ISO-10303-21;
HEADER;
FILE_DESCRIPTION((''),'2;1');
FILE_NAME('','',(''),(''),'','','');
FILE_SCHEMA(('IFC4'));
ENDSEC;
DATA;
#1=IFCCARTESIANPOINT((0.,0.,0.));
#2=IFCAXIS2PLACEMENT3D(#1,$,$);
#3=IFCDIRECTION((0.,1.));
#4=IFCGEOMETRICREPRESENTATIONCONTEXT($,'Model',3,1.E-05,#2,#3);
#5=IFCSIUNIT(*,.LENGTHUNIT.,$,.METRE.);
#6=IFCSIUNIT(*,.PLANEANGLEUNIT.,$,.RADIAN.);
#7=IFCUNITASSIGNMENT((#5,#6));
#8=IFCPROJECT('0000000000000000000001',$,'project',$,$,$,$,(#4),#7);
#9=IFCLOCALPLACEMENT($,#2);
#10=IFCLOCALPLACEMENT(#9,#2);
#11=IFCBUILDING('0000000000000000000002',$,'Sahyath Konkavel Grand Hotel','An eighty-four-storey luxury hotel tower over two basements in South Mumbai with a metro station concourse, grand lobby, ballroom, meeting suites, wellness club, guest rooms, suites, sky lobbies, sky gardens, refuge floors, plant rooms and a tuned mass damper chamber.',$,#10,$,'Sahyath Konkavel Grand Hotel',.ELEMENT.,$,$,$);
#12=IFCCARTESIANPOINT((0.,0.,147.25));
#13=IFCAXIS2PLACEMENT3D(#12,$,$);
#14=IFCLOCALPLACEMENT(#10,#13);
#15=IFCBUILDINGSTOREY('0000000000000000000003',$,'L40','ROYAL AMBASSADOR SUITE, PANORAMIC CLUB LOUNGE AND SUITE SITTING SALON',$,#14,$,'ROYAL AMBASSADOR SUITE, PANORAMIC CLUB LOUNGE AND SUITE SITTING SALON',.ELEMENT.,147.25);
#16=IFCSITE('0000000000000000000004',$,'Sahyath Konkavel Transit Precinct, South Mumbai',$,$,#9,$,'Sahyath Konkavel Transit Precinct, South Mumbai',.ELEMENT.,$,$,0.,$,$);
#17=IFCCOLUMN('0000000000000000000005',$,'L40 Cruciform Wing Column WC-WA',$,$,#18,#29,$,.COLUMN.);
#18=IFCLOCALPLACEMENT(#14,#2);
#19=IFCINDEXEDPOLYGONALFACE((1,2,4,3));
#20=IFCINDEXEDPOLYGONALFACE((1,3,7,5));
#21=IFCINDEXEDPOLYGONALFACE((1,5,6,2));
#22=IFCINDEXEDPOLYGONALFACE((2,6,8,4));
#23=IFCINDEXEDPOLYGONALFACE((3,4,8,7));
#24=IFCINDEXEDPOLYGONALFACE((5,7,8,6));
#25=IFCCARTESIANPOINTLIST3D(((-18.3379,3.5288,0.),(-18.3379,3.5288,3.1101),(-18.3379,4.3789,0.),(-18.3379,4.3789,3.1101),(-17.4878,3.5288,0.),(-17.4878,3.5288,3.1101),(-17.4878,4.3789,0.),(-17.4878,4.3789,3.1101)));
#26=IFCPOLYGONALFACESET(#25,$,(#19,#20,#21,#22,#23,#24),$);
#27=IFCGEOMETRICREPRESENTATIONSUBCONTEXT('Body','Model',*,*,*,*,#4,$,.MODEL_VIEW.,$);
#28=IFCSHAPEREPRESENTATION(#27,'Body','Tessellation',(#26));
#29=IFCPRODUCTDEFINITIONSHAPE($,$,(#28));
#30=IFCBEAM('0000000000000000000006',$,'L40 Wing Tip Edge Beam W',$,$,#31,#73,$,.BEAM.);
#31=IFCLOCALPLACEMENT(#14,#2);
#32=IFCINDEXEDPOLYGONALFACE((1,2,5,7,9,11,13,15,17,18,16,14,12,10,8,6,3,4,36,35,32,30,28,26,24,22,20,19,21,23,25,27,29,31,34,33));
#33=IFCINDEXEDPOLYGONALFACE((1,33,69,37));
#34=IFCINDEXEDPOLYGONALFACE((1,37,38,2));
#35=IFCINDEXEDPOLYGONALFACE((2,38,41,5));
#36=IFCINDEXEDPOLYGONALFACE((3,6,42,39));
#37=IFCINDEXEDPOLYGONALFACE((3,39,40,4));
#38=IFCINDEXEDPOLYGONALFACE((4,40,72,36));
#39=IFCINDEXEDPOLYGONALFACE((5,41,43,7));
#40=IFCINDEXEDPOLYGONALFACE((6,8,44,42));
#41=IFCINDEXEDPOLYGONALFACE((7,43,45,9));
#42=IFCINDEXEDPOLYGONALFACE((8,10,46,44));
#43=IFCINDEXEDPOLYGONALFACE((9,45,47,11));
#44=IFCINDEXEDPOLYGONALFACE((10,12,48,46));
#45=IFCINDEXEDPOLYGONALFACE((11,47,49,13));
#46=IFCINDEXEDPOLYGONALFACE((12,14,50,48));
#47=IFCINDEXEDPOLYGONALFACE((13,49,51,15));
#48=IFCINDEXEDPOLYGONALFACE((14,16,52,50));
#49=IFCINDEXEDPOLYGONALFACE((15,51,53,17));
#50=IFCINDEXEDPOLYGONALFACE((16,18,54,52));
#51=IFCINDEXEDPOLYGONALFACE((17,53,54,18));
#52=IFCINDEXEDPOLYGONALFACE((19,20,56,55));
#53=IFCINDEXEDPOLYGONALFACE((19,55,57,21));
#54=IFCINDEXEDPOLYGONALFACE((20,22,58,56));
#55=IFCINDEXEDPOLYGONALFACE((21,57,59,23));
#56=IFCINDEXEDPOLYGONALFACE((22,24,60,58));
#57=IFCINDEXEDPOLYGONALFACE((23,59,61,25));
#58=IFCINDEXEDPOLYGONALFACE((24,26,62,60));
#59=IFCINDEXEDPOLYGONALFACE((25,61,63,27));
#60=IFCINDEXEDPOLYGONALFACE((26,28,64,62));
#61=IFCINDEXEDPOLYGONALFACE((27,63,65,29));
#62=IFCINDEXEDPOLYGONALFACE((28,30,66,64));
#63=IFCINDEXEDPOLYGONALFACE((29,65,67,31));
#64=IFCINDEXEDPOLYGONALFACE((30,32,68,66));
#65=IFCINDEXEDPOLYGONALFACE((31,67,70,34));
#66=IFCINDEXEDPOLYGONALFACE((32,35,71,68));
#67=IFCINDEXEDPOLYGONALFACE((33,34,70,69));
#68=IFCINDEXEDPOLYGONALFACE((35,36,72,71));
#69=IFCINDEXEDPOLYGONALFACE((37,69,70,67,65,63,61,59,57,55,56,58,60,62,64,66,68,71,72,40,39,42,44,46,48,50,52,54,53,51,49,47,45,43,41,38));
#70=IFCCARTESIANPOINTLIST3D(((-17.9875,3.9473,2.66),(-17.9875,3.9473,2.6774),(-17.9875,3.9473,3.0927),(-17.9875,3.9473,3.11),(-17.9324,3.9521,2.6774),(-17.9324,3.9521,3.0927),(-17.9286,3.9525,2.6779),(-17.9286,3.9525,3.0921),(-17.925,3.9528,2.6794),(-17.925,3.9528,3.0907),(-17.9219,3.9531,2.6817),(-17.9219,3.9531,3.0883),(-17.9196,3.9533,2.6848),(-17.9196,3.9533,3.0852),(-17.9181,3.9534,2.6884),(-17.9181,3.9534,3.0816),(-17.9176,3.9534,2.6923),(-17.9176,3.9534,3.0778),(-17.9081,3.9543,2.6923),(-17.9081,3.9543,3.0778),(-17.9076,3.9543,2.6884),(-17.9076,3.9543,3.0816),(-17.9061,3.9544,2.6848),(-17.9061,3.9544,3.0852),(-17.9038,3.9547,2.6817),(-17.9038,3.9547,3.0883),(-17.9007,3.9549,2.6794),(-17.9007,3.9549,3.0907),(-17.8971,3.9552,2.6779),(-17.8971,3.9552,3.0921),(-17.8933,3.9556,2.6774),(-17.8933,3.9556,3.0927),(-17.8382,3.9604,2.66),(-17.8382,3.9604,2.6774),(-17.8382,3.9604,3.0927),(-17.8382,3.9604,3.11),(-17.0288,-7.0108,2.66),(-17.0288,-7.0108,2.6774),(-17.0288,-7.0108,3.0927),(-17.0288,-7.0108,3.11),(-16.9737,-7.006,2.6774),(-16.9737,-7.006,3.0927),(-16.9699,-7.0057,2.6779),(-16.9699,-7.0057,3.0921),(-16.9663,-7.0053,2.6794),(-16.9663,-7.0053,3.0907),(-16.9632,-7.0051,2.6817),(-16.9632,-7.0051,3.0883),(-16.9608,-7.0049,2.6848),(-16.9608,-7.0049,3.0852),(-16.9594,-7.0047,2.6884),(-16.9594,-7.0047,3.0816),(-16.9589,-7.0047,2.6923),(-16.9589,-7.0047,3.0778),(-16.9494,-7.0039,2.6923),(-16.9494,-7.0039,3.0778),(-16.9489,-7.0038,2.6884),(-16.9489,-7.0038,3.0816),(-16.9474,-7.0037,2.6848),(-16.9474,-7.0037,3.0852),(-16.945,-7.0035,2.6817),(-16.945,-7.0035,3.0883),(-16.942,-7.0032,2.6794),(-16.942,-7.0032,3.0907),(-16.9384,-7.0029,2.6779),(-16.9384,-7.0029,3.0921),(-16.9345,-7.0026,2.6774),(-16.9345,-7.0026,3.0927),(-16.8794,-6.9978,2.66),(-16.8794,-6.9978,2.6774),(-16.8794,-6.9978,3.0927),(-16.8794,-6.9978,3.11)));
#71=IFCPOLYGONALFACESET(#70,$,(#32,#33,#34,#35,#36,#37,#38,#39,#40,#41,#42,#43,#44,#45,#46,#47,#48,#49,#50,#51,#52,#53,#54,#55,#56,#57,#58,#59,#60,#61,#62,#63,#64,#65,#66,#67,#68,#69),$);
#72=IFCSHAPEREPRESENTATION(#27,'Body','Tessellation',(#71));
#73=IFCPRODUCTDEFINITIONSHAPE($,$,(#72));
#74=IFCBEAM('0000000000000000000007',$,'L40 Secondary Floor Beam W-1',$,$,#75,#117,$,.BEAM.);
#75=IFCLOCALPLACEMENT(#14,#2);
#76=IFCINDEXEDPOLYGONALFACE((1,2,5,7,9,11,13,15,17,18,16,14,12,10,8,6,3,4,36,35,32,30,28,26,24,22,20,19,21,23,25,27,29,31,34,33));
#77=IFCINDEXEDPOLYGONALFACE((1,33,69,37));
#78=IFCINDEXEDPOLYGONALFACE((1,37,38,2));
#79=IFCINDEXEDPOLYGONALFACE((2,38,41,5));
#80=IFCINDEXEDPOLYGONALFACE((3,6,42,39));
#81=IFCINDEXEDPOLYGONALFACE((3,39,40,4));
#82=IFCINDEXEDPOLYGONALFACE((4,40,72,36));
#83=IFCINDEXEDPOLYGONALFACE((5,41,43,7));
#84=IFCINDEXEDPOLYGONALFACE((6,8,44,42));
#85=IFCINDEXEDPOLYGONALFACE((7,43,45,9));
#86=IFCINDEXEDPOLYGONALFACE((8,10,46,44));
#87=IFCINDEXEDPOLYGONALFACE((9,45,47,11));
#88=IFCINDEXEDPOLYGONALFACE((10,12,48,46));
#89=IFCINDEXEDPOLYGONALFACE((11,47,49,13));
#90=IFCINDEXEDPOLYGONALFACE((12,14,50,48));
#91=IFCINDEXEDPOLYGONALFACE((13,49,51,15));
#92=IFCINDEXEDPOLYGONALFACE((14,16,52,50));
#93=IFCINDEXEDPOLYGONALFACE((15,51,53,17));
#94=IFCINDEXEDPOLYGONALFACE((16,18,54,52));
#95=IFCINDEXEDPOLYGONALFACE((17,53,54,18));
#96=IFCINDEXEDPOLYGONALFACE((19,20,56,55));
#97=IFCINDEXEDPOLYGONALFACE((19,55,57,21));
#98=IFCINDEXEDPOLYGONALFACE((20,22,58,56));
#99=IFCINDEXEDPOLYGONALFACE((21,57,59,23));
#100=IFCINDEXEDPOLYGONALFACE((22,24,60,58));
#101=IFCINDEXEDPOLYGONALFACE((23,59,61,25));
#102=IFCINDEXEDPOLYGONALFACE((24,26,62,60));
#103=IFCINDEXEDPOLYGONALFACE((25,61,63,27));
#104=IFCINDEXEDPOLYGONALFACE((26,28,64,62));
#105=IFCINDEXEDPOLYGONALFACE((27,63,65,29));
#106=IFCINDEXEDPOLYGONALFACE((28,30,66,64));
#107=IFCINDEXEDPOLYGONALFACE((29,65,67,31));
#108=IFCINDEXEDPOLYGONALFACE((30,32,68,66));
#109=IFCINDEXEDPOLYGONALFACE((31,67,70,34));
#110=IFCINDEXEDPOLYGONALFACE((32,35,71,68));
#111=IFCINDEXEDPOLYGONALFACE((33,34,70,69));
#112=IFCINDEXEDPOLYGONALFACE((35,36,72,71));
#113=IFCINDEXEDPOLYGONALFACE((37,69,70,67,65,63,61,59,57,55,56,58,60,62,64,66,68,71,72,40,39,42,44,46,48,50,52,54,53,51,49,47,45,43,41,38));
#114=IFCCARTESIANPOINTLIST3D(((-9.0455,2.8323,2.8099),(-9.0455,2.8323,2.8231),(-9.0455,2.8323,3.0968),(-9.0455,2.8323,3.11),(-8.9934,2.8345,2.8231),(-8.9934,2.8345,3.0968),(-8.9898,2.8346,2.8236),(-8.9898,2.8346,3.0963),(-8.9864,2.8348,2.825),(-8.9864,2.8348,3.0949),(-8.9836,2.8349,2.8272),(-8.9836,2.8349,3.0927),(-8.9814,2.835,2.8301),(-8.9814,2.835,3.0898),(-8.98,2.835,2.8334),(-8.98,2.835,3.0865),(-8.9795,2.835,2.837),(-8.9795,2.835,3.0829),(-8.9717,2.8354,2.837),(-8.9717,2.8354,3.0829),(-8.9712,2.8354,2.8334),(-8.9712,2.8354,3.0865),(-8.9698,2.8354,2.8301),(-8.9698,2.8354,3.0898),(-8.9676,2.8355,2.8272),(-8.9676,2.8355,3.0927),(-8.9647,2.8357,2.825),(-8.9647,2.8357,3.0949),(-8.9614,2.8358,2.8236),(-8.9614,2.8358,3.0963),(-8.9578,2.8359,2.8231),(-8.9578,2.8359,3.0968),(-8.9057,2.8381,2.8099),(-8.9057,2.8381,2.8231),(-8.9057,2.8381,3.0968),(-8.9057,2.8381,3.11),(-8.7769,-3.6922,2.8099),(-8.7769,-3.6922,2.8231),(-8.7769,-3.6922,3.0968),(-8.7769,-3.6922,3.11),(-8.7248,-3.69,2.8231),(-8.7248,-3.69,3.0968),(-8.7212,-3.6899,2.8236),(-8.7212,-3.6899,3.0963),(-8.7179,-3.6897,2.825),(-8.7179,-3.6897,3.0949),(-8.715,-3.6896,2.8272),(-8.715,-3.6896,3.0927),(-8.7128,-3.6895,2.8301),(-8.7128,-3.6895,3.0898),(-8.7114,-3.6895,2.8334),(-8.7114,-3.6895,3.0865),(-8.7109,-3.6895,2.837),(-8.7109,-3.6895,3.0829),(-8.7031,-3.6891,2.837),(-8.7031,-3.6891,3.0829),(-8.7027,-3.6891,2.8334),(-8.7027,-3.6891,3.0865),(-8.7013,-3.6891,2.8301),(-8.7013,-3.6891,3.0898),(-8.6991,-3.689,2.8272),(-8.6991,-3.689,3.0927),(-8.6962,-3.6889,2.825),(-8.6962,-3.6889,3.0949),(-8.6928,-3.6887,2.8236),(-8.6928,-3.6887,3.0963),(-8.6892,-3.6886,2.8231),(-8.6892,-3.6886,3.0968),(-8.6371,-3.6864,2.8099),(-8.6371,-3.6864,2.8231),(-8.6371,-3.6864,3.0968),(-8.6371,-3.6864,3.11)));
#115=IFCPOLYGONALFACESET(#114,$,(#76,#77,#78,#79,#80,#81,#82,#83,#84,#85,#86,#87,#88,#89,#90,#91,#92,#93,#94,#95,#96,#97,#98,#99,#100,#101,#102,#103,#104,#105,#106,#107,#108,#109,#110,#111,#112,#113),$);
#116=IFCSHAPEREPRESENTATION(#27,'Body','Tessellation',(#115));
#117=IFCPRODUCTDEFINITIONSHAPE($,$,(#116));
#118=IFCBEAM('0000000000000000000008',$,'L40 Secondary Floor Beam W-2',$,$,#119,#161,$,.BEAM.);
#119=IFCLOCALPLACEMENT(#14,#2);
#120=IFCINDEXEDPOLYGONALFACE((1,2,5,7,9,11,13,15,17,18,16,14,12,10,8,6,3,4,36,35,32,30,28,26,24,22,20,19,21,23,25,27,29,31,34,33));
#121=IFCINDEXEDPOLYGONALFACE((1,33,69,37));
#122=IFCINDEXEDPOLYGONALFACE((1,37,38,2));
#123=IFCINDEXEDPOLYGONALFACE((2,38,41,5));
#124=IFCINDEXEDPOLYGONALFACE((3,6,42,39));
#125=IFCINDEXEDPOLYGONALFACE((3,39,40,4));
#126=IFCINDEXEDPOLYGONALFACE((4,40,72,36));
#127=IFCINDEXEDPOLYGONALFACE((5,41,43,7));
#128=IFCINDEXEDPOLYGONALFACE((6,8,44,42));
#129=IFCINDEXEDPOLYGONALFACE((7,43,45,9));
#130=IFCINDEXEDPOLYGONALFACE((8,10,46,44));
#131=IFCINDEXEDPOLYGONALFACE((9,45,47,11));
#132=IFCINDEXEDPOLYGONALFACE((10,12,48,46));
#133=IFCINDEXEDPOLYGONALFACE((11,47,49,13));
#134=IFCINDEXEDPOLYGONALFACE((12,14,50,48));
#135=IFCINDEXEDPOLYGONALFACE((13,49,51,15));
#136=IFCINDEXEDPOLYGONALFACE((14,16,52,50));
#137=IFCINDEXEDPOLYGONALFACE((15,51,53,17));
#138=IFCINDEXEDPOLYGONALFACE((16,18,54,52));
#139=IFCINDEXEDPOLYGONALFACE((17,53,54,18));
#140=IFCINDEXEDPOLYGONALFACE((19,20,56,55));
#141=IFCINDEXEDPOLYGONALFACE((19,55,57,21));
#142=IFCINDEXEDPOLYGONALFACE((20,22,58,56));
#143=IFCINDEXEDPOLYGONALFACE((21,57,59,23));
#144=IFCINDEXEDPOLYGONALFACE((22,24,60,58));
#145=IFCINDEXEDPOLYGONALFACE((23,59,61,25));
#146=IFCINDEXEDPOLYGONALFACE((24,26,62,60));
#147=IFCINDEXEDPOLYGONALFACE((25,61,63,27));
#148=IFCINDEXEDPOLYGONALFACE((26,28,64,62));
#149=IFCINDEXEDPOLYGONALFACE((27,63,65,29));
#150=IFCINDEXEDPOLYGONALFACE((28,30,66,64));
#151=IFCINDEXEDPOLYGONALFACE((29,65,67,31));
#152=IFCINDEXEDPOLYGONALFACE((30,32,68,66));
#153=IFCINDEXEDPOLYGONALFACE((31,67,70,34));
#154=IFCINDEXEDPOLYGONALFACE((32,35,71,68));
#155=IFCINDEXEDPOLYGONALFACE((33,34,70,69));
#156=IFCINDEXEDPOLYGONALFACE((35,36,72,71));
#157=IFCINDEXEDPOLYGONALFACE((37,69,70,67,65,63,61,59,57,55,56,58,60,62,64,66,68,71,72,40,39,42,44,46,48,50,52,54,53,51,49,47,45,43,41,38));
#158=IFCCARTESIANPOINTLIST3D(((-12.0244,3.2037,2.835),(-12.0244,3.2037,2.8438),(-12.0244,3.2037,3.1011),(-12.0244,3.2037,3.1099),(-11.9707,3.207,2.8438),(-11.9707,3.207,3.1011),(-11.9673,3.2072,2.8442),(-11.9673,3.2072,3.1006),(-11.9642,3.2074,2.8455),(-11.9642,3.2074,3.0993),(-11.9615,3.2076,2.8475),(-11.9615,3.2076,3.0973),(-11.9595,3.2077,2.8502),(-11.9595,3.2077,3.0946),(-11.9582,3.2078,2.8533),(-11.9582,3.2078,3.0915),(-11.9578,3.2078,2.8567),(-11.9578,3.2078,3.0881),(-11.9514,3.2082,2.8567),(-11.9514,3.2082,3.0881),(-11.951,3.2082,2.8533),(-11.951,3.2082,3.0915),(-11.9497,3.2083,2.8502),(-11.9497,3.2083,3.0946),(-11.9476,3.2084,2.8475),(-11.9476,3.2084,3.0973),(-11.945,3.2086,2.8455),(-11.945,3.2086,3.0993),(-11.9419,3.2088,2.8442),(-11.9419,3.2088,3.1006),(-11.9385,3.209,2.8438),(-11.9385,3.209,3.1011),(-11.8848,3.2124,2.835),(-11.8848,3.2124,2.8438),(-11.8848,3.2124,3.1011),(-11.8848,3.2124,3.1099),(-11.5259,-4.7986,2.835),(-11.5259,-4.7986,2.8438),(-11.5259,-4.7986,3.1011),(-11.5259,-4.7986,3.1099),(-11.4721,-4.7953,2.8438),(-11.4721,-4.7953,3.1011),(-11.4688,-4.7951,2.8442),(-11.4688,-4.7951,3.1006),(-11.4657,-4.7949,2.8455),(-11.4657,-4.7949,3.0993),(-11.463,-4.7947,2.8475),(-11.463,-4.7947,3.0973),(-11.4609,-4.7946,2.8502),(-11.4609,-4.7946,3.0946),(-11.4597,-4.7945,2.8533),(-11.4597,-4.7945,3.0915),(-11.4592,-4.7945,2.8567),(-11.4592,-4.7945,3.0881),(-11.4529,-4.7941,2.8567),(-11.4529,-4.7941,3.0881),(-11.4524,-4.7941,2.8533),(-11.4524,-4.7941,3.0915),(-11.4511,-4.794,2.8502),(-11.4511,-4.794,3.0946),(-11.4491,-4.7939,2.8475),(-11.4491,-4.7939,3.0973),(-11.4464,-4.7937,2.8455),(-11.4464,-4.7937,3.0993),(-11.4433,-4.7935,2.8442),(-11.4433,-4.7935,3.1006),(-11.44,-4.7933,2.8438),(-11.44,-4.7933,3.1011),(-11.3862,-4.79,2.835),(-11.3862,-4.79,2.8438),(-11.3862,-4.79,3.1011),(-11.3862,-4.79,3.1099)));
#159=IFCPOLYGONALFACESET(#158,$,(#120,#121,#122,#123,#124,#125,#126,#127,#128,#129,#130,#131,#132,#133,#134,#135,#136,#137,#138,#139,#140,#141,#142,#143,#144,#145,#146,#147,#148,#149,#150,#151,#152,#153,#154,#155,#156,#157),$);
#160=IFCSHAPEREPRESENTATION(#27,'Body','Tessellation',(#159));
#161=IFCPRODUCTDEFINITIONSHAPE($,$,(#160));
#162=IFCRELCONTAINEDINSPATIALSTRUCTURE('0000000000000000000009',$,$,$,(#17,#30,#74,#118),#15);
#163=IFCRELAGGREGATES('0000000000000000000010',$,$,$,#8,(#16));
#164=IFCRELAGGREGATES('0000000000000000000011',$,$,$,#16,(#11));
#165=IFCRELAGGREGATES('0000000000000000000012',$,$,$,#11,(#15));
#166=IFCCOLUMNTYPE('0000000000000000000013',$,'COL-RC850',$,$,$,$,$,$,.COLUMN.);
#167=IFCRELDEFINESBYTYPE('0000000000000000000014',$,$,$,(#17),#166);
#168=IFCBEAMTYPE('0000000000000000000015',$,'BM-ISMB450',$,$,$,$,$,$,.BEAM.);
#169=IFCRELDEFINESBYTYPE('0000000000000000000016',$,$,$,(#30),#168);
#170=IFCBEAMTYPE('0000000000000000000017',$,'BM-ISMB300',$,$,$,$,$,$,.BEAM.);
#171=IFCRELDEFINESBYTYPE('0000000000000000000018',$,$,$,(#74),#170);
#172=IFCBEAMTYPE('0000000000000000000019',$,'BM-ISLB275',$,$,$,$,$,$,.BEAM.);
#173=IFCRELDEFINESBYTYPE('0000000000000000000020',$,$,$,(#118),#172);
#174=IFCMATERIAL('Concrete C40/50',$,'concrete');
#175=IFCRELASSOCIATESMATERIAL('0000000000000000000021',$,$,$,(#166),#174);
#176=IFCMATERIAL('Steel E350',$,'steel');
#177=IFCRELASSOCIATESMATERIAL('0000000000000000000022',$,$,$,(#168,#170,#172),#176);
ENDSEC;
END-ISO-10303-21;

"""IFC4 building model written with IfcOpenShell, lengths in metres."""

from ifc_helpers import new_model, si_unit, direction, frame, origin, origin_2d, place, context, subcontext, project, spatial, rectangle, i_section, extrude, source, transform, mapped, material, material_profile, profile_set, type_object, element, save


model = new_model("IFC4")

# Units and contexts
model_context = context("Model", 3, precision=1e-05, world=origin(), true_north=direction((0.0, 1.0)))
body_context = subcontext(model_context, "Body", "Model", "MODEL_VIEW")
ifc_project = project(units=[si_unit("LENGTHUNIT", "METRE"), si_unit("PLANEANGLEUNIT", "RADIAN")], contexts=[model_context])

# Site, building, storey
site_placement = place(None, origin())
site = spatial("IfcSite", under=ifc_project, at=site_placement, Name="Sahyath Konkavel Transit Precinct, South Mumbai", LongName="Sahyath Konkavel Transit Precinct, South Mumbai", CompositionType="ELEMENT", RefElevation=0.0)
building_placement = place(site_placement, origin())
building = spatial("IfcBuilding", under=site, at=building_placement, Name="Sahyath Konkavel Grand Hotel", Description="An eighty-four-storey luxury hotel tower over two basements in South Mumbai with a metro station concourse, grand lobby, ballroom, meeting suites, wellness club, guest rooms, suites, sky lobbies, sky gardens, refuge floors, plant rooms and a tuned mass damper chamber.", LongName="Sahyath Konkavel Grand Hotel", CompositionType="ELEMENT")
storey_placement = place(building_placement, frame((0.0, 0.0, 147.25)))
storey = spatial("IfcBuildingStorey", under=building, at=storey_placement, Name="L40", Description="ROYAL AMBASSADOR SUITE, PANORAMIC CLUB LOUNGE AND SUITE SITTING SALON", LongName="ROYAL AMBASSADOR SUITE, PANORAMIC CLUB LOUNGE AND SUITE SITTING SALON", CompositionType="ELEMENT", Elevation=147.25)

# Column
ifc_material_1 = material(Name="Concrete C40/50", Category="concrete")
ifc_material_profile_1 = material_profile(ifc_material_1, rectangle(XDim=0.8501, YDim=0.8501, at=origin_2d()), Name="RC 850x850")
ifc_profile_set_1 = profile_set([ifc_material_profile_1], Name="Concrete C40/50")
column_type = type_object("IfcColumnType", Name="COL-RC850", PredefinedType="COLUMN", material=ifc_profile_set_1)
shared_shape_1 = source(origin(), body_context, "Body", "SweptSolid", [
    extrude(rectangle(XDim=0.8501, YDim=0.8501, at=origin_2d()), origin(), (0.0, 0.0, 1.0), 3.1101),
])
column_placement = place(storey_placement, frame((-17.9128, 3.9539, 0.0), z_axis=(0.0, 0.0, 1.0), x_axis=(1.0, 0.0, 0.0)))
element("IfcColumn", 1, at=column_placement, inside=storey, type_object=column_type, Name="L40 Cruciform Wing Column WC-WA", PredefinedType="COLUMN", context=body_context, shape_type="MappedRepresentation", body=[
    mapped(shared_shape_1, transform((0.0, 0.0, 0.0), scale=1.0)),
])

# Beams
ifc_material_2 = material(Name="Steel E350", Category="steel")
ifc_material_profile_2 = material_profile(ifc_material_2, i_section(OverallWidth=0.1499, OverallDepth=0.45, WebThickness=0.0095, FlangeThickness=0.0173, FilletRadius=0.0149, at=origin_2d()), Name="ISMB 450")
ifc_profile_set_2 = profile_set([ifc_material_profile_2], Name="Steel E350")
beam_type_1 = type_object("IfcBeamType", Name="BM-ISMB450", PredefinedType="BEAM", material=ifc_profile_set_2)
shared_shape_2 = source(origin(), body_context, "Body", "SweptSolid", [
    extrude(i_section(OverallWidth=0.1499, OverallDepth=0.45, WebThickness=0.0095, FlangeThickness=0.0173, FilletRadius=0.0149, at=origin_2d()), origin(), (0.0, 0.0, 1.0), 11.0),
])
beam_1_placement = place(storey_placement, frame((-17.9128, 3.9539, 2.885), z_axis=(0.087157, -0.996195, 0.0), x_axis=(0.996195, 0.087157, 0.0)))
element("IfcBeam", 2, at=beam_1_placement, inside=storey, type_object=beam_type_1, Name="L40 Wing Tip Edge Beam W", PredefinedType="BEAM", context=body_context, shape_type="MappedRepresentation", body=[
    mapped(shared_shape_2, transform((0.0, 0.0, 0.0), scale=1.0)),
])
ifc_material_profile_3 = material_profile(ifc_material_2, i_section(OverallWidth=0.1399, OverallDepth=0.3, WebThickness=0.0078, FlangeThickness=0.0132, FilletRadius=0.0139, at=origin_2d()), Name="ISMB 300")
ifc_profile_set_3 = profile_set([ifc_material_profile_3], Name="Steel E350")
beam_type_2 = type_object("IfcBeamType", Name="BM-ISMB300", PredefinedType="BEAM", material=ifc_profile_set_3)
shared_shape_3 = source(origin(), body_context, "Body", "SweptSolid", [
    extrude(i_section(OverallWidth=0.1399, OverallDepth=0.3, WebThickness=0.0078, FlangeThickness=0.0132, FilletRadius=0.0139, at=origin_2d()), origin(), (0.0, 0.0, 1.0), 6.53),
])
beam_2_placement = place(storey_placement, frame((-8.9756, 2.8352, 2.96), z_axis=(0.041127, -0.999154, 0.0), x_axis=(0.999154, 0.041127, 0.0)))
element("IfcBeam", 3, at=beam_2_placement, inside=storey, type_object=beam_type_2, Name="L40 Secondary Floor Beam W-1", PredefinedType="BEAM", context=body_context, shape_type="MappedRepresentation", body=[
    mapped(shared_shape_3, transform((0.0, 0.0, 0.0), scale=1.0)),
])
ifc_material_profile_4 = material_profile(ifc_material_2, i_section(OverallWidth=0.1399, OverallDepth=0.2749, WebThickness=0.0063, FlangeThickness=0.0088, FilletRadius=0.0129, at=origin_2d()), Name="ISLB 275")
ifc_profile_set_4 = profile_set([ifc_material_profile_4], Name="Steel E350")
beam_type_3 = type_object("IfcBeamType", Name="BM-ISLB275", PredefinedType="BEAM", material=ifc_profile_set_4)
shared_shape_4 = source(origin(), body_context, "Body", "SweptSolid", [
    extrude(i_section(OverallWidth=0.1399, OverallDepth=0.2749, WebThickness=0.0063, FlangeThickness=0.0088, FilletRadius=0.0129, at=origin_2d()), origin(), (0.0, 0.0, 1.0), 8.0178),
])
beam_3_placement = place(storey_placement, frame((-11.9546, 3.208, 2.9724), z_axis=(0.062179, -0.998065, 0.0), x_axis=(0.998065, 0.062179, 0.0)))
element("IfcBeam", 4, at=beam_3_placement, inside=storey, type_object=beam_type_3, Name="L40 Secondary Floor Beam W-2", PredefinedType="BEAM", context=body_context, shape_type="MappedRepresentation", body=[
    mapped(shared_shape_4, transform((0.0, 0.0, 0.0), scale=1.0)),
])

save(model, "model.ifc")
